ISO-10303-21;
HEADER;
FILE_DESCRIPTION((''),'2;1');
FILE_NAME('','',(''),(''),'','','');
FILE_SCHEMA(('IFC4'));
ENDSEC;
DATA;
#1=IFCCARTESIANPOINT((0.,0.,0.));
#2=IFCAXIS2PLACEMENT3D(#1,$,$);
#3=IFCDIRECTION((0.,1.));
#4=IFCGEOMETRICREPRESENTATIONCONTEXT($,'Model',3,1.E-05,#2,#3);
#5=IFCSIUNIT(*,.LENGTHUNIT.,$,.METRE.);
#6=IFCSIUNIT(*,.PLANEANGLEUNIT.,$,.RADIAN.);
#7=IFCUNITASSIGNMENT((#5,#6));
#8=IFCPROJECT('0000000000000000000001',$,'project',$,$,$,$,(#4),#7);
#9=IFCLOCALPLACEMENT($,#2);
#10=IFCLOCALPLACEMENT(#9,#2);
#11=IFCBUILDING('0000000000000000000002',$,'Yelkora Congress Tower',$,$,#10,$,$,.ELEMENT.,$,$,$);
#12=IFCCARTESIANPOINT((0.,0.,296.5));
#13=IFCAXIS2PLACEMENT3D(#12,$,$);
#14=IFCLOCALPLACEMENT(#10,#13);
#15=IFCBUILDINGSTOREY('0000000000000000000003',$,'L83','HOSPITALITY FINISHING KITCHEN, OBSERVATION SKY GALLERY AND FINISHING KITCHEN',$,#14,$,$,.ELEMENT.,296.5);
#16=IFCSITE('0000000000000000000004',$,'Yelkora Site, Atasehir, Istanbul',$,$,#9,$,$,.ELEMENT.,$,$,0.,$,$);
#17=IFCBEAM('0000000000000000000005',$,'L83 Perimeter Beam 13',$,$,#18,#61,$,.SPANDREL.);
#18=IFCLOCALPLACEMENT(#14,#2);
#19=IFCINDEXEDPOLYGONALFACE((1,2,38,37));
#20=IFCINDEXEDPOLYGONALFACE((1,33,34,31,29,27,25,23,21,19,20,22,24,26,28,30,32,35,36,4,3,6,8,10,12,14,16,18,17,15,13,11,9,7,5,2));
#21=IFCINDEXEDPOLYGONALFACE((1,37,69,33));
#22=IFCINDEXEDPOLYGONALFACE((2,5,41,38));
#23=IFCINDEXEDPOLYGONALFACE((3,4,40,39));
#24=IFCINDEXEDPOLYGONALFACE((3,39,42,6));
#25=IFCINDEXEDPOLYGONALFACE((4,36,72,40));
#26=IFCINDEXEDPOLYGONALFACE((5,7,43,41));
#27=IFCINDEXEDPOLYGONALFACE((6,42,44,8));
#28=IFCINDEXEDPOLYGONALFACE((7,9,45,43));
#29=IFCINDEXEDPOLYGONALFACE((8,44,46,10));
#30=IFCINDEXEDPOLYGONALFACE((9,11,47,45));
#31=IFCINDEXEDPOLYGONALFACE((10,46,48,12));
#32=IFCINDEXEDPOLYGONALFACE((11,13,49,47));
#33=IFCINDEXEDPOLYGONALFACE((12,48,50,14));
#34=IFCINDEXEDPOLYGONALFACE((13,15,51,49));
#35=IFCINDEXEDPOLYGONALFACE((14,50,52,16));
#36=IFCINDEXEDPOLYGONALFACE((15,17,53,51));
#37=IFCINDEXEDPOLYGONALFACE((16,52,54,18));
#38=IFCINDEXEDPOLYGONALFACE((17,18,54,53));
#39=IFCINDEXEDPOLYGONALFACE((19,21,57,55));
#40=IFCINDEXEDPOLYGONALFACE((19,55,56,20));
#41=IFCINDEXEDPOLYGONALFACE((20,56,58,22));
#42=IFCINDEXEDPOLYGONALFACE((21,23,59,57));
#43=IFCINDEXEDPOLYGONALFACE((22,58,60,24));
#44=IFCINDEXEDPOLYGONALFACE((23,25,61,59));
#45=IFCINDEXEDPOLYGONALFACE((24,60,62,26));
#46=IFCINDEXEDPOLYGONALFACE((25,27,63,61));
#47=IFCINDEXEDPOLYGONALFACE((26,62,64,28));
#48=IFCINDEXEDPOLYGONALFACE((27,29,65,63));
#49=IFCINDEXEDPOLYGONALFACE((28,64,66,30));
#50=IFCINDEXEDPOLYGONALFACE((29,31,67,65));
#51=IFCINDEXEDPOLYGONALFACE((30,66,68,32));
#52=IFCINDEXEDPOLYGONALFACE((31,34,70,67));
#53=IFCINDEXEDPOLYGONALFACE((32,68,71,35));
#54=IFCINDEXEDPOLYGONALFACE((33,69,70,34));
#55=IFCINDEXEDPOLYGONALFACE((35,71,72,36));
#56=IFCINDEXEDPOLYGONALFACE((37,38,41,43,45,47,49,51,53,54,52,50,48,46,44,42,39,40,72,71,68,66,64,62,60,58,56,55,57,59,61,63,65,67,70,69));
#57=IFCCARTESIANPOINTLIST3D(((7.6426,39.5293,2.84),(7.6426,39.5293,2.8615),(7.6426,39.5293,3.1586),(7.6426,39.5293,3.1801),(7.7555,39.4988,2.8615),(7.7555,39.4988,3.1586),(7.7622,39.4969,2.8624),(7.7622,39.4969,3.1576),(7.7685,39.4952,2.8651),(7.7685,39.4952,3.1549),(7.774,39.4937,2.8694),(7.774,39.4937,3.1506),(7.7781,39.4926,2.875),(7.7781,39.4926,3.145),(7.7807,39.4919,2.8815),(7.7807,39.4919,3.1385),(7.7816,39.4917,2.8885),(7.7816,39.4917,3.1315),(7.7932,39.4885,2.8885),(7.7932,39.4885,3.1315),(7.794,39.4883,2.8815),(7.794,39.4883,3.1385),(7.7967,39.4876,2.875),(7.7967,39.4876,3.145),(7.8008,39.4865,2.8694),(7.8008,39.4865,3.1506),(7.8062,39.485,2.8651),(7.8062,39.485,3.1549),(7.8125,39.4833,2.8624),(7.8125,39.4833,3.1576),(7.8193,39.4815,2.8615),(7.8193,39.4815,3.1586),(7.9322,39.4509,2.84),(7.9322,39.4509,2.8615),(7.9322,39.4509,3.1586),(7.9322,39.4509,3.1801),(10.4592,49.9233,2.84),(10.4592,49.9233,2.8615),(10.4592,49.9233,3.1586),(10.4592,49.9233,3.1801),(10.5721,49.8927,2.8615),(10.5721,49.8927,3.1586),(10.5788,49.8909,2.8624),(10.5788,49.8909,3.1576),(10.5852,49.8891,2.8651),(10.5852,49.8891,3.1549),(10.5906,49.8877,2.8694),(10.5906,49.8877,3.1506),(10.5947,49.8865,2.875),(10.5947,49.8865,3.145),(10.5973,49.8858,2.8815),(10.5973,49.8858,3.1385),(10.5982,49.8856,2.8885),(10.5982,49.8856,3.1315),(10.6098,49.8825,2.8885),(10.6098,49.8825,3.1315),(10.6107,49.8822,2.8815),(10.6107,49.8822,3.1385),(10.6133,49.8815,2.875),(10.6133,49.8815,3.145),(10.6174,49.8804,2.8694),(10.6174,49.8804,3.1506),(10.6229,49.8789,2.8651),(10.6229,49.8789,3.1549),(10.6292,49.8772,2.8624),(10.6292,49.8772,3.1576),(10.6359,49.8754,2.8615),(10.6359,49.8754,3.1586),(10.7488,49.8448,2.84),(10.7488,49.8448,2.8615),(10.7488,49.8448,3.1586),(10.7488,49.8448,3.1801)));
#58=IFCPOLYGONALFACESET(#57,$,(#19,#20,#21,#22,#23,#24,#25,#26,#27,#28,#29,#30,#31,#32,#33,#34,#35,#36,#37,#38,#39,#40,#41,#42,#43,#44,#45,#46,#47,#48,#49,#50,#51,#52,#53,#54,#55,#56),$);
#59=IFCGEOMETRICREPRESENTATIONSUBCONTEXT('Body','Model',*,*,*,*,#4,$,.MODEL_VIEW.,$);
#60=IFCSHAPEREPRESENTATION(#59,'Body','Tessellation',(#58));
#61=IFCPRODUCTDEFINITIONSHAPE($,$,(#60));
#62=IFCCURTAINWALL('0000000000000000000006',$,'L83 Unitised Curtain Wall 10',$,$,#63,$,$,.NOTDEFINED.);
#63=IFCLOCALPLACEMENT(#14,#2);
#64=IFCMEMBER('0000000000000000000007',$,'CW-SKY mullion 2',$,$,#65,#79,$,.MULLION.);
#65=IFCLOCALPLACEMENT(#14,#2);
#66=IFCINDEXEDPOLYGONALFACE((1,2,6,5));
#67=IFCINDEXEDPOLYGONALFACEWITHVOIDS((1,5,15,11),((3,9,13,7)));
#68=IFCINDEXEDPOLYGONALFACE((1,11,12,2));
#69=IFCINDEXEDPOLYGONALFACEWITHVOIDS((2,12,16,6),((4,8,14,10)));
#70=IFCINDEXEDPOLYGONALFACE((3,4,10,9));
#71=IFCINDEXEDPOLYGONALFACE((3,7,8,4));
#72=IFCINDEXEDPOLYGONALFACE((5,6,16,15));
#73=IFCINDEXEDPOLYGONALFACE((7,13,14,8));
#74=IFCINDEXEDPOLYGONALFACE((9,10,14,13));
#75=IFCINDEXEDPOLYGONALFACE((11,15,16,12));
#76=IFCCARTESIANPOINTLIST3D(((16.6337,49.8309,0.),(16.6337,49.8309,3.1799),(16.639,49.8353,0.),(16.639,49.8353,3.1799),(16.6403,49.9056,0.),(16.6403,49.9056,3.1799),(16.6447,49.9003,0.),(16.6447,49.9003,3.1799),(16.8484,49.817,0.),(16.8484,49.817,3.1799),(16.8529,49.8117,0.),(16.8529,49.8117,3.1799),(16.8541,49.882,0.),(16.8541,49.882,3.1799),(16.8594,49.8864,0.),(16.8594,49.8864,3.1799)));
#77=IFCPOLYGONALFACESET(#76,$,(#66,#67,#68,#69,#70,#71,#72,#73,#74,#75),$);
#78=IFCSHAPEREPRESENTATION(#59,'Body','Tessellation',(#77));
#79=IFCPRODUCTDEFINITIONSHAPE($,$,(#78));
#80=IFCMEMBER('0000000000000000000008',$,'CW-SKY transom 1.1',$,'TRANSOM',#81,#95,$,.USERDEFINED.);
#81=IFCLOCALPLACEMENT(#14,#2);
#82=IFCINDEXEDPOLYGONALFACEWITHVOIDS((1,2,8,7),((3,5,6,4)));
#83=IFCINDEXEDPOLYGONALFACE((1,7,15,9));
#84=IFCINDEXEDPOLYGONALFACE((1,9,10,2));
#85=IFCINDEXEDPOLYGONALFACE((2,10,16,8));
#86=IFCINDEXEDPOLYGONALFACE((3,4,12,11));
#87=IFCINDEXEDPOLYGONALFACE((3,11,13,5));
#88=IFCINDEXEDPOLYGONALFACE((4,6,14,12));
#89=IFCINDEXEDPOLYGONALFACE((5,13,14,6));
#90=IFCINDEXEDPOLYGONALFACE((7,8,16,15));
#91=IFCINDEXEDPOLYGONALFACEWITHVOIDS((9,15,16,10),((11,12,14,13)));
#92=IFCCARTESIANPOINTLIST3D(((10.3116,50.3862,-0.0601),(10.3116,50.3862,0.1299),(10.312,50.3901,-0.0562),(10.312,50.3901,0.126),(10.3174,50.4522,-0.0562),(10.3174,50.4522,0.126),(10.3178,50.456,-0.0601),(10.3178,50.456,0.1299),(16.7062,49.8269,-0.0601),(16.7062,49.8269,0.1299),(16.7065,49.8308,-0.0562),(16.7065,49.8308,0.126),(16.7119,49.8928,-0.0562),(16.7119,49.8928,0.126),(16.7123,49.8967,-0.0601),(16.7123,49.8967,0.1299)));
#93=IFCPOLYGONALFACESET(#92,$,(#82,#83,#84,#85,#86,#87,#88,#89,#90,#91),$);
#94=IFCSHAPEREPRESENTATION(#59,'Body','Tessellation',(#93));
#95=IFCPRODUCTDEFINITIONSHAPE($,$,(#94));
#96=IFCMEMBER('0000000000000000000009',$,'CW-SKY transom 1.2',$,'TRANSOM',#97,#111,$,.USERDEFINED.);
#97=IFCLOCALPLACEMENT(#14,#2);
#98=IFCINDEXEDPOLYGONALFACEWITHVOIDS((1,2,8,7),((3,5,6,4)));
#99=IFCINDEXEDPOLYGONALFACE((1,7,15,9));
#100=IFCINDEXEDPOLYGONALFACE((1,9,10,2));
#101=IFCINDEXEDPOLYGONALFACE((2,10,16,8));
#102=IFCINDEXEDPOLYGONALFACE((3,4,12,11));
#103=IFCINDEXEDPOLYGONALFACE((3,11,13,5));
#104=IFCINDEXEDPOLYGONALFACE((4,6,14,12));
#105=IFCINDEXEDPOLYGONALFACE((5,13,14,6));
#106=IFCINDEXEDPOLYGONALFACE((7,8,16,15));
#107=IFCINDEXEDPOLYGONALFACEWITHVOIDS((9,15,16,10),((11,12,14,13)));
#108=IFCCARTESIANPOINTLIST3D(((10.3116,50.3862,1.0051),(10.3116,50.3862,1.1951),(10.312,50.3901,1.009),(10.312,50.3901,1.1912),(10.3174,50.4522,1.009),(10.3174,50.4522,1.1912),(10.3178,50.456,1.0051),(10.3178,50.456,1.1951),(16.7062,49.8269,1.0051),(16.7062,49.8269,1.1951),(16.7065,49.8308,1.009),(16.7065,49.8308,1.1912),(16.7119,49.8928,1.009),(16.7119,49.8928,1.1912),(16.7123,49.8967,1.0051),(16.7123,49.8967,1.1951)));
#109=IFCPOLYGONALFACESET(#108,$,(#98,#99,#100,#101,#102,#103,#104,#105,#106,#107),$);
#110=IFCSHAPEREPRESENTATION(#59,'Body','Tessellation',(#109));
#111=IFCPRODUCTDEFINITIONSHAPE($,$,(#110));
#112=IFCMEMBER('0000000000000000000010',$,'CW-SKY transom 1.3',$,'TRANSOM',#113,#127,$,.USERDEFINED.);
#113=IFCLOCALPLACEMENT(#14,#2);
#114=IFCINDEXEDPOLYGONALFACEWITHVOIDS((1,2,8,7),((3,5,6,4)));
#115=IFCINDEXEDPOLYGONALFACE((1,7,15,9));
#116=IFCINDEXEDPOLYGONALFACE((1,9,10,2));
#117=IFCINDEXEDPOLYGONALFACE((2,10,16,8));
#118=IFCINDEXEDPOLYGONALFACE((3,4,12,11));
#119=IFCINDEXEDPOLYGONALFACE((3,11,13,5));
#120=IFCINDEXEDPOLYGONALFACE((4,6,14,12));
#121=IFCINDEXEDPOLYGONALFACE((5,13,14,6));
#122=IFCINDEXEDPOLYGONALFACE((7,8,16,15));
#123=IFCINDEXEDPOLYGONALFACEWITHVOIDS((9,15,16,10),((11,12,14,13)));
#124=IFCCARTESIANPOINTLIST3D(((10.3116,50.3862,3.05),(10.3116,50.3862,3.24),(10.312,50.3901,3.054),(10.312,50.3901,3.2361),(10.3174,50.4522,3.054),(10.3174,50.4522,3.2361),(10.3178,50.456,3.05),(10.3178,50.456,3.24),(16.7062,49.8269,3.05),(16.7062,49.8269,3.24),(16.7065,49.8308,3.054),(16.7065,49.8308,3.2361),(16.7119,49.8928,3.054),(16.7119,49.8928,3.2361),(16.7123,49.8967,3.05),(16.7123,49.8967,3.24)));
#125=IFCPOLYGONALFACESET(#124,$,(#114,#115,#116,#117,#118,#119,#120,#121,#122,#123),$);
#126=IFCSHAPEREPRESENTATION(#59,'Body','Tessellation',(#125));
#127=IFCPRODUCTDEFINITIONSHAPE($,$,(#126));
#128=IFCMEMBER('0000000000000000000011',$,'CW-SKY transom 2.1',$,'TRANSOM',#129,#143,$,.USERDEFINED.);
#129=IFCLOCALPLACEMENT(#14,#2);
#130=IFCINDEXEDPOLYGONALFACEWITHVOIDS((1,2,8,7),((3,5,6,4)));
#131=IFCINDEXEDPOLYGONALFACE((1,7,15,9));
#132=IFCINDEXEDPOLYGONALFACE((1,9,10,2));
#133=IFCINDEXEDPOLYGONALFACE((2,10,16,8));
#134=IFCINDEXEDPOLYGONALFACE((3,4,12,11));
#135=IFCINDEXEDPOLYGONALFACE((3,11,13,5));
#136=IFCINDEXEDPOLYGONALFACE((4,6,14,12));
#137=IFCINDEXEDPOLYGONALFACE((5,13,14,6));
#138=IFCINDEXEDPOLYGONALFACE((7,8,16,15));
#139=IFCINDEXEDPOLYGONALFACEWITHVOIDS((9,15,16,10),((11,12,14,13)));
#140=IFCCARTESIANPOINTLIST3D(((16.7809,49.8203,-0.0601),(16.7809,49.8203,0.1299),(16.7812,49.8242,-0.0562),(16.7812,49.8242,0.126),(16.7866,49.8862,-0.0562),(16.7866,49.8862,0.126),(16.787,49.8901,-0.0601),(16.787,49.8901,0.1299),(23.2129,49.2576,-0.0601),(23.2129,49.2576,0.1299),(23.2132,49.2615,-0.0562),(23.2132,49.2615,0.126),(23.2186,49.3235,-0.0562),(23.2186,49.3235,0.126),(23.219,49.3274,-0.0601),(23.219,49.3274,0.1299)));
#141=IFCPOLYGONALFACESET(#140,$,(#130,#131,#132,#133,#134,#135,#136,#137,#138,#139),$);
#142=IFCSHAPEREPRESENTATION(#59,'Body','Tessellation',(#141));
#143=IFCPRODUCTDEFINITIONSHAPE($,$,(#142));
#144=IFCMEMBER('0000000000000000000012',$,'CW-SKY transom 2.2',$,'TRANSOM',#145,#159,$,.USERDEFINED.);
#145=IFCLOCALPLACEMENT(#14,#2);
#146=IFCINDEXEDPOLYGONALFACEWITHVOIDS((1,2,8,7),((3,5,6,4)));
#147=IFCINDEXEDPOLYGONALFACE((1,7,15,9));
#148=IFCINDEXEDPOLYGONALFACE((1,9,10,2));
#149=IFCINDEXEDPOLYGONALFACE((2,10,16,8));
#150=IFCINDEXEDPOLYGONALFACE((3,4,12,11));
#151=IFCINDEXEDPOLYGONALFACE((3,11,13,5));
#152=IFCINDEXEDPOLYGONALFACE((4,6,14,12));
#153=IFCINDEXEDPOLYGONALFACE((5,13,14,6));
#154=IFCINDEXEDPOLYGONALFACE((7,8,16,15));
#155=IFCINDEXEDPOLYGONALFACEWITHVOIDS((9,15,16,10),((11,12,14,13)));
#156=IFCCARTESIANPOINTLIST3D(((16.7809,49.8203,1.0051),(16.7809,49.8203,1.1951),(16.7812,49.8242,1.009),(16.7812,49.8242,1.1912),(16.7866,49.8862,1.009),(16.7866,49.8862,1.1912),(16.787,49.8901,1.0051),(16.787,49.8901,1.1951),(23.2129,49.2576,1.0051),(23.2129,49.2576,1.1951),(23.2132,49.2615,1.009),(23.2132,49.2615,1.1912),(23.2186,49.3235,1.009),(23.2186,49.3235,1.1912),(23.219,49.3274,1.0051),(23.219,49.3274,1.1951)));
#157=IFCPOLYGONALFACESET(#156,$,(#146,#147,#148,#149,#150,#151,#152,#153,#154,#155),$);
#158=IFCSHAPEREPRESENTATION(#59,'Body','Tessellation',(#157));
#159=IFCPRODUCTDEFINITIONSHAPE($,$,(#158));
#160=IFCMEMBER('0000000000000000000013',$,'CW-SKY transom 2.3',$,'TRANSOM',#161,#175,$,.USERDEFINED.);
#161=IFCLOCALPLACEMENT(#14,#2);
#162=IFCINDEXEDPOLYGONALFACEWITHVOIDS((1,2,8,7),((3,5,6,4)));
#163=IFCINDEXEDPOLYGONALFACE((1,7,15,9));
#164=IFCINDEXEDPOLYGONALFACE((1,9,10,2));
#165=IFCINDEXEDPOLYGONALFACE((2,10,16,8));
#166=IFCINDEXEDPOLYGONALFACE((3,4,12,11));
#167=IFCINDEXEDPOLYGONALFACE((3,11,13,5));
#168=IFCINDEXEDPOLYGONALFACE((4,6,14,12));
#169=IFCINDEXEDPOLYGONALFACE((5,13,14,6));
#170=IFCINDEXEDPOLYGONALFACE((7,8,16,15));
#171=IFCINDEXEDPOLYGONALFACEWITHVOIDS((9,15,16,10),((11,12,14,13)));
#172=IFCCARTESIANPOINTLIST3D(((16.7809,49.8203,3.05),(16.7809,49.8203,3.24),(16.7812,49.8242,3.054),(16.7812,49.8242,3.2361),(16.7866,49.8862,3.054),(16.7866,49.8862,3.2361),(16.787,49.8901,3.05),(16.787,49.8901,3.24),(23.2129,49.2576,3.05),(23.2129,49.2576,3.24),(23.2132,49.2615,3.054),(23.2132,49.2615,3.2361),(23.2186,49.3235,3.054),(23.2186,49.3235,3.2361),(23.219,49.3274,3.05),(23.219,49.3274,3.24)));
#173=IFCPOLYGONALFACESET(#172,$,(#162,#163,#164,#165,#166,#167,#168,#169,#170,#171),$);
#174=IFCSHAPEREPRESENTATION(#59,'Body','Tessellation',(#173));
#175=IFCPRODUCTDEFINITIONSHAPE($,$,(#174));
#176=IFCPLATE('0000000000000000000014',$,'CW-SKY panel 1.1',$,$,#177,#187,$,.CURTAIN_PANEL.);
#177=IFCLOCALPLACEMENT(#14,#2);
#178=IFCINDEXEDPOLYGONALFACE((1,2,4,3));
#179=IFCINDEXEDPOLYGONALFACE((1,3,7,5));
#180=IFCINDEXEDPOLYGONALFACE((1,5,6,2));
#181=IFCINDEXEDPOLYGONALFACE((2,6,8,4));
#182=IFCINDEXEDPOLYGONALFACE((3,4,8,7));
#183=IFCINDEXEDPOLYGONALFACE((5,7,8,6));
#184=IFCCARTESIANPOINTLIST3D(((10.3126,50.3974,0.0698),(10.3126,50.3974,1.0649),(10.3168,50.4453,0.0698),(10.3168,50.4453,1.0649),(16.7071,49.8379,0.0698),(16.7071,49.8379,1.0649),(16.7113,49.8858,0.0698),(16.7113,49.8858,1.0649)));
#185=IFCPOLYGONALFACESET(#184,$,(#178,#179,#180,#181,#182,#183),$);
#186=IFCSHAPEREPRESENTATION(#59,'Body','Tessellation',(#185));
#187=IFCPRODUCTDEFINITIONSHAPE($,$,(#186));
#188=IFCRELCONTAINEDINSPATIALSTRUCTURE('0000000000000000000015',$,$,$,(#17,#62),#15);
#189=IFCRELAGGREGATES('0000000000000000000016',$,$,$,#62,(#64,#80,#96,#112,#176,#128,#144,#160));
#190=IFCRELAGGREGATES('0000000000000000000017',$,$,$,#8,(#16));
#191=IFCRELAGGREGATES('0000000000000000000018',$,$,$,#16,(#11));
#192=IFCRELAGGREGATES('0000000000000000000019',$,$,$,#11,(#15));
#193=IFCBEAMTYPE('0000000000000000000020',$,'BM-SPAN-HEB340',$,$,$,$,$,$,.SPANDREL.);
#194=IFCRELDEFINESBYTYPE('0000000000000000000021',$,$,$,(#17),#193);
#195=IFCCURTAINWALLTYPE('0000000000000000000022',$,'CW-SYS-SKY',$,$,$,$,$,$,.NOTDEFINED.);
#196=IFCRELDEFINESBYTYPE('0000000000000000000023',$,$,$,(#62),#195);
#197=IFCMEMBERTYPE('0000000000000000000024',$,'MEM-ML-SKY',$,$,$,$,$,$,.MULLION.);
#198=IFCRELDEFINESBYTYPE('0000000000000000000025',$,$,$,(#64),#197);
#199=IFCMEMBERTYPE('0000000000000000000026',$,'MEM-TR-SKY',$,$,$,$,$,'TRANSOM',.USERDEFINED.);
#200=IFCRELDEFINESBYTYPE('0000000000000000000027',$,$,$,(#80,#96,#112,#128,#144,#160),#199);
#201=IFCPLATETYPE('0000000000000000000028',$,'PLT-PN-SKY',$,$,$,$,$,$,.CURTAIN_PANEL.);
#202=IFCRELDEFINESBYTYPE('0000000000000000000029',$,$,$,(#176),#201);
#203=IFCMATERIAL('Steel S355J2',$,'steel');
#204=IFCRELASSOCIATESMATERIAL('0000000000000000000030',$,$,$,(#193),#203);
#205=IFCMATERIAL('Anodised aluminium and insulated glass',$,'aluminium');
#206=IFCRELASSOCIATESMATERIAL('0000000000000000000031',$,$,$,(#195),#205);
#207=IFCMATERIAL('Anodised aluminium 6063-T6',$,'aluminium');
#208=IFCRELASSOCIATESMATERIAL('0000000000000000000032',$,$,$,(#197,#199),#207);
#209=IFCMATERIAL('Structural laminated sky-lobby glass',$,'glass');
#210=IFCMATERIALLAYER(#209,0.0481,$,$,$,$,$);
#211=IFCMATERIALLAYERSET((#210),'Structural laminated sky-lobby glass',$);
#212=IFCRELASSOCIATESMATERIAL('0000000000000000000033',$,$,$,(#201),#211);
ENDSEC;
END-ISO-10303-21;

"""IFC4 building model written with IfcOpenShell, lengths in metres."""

from ifc_helpers import new_model, si_unit, direction, frame, origin, origin_2d, place, context, subcontext, project, spatial, rectangle, hollow_rectangle, i_section, extrude, material, layer, layer_set, material_profile, profile_set, type_object, element, aggregate, save


model = new_model("IFC4")

# Units and contexts
model_context = context("Model", 3, precision=1e-05, world=origin(), true_north=direction((0.0, 1.0)))
body_context = subcontext(model_context, "Body", "Model", "MODEL_VIEW")
ifc_project = project(units=[si_unit("LENGTHUNIT", "METRE"), si_unit("PLANEANGLEUNIT", "RADIAN")], contexts=[model_context])

# Site, building, storey
site_placement = place(None, origin())
site = spatial("IfcSite", under=ifc_project, at=site_placement, Name="Yelkora Site, Atasehir, Istanbul", CompositionType="ELEMENT", RefElevation=0.0)
building_placement = place(site_placement, origin())
building = spatial("IfcBuilding", under=site, at=building_placement, Name="Yelkora Congress Tower", CompositionType="ELEMENT")
storey_placement = place(building_placement, frame((0.0, 0.0, 296.5)))
storey = spatial("IfcBuildingStorey", under=building, at=storey_placement, Name="L83", Description="HOSPITALITY FINISHING KITCHEN, OBSERVATION SKY GALLERY AND FINISHING KITCHEN", CompositionType="ELEMENT", Elevation=296.5)

# Shared definitions
ifc_material_1 = material(Name="Steel S355J2", Category="steel")

# Beam
ifc_material_profile_1 = material_profile(ifc_material_1, i_section(OverallWidth=0.3, OverallDepth=0.3401, WebThickness=0.012, FlangeThickness=0.0215, FilletRadius=0.0271, at=origin_2d()), Name="HEB 340")
ifc_profile_set_1 = profile_set([ifc_material_profile_1], Name="Steel S355J2")
beam_type_1 = type_object("IfcBeamType", Name="BM-SPAN-HEB340", PredefinedType="SPANDREL", material=ifc_profile_set_1)
beam_1_placement = place(storey_placement, frame((10.604, 49.884, 3.01), z_axis=(-0.261554, -0.965189, 0.0), x_axis=(0.965189, -0.261554, 0.0)))
element("IfcBeam", 1, at=beam_1_placement, inside=storey, type_object=beam_type_1, Name="L83 Perimeter Beam 13", PredefinedType="SPANDREL", context=body_context, shape_type="SweptSolid", body=[
    extrude(i_section(OverallWidth=0.3, OverallDepth=0.3401, WebThickness=0.012, FlangeThickness=0.0215, FilletRadius=0.0271, at=origin_2d()), origin(), (0.0, 0.0, 1.0), 10.7688),
])

# Curtain wall, members, plate
ifc_material_2 = material(Name="Anodised aluminium and insulated glass", Category="aluminium")
curtain_wall_type = type_object("IfcCurtainWallType", Name="CW-SYS-SKY", PredefinedType="NOTDEFINED", material=ifc_material_2)
curtain_wall_placement = place(storey_placement, origin())
curtain_wall = element("IfcCurtainWall", 2, at=curtain_wall_placement, inside=storey, type_object=curtain_wall_type, Name="L83 Unitised Curtain Wall 10", PredefinedType="NOTDEFINED")
ifc_material_3 = material(Name="Anodised aluminium 6063-T6", Category="aluminium")
ifc_material_profile_2 = material_profile(ifc_material_3, hollow_rectangle(XDim=0.075, YDim=0.22, WallThickness=0.0049, at=origin_2d()), Name="ALU 75x220x5")
ifc_profile_set_2 = profile_set([ifc_material_profile_2], Name="Anodised aluminium 6063-T6")
member_type_1 = type_object("IfcMemberType", Name="MEM-ML-SKY", PredefinedType="MULLION", material=ifc_profile_set_2)
member_1_placement = place(storey_placement, frame((16.7466, 49.8586, 0.0), z_axis=(0.0, 0.0, 1.0), x_axis=(0.087157, 0.996195, 0.0)))
member_1 = element("IfcMember", 3, at=member_1_placement, type_object=member_type_1, Name="CW-SKY mullion 2", PredefinedType="MULLION", context=body_context, shape_type="SweptSolid", body=[
    extrude(hollow_rectangle(XDim=0.075, YDim=0.22, WallThickness=0.0049, at=origin_2d()), origin(), (0.0, 0.0, 1.0), 3.1799),
])
ifc_material_profile_3 = material_profile(ifc_material_3, hollow_rectangle(XDim=0.0701, YDim=0.1899, WallThickness=0.0039, at=origin_2d()), Name="ALU 70x190x4")
ifc_profile_set_3 = profile_set([ifc_material_profile_3], Name="Anodised aluminium 6063-T6")
member_type_2 = type_object("IfcMemberType", Name="MEM-TR-SKY", ElementType="TRANSOM", PredefinedType="USERDEFINED", material=ifc_profile_set_3)
member_2_placement = place(storey_placement, frame((10.3147, 50.4211, 0.0349), z_axis=(0.996196, -0.087137, 0.0), x_axis=(0.087137, 0.996196, 0.0)))
member_2 = element("IfcMember", 4, at=member_2_placement, type_object=member_type_2, Name="CW-SKY transom 1.1", ObjectType="TRANSOM", PredefinedType="USERDEFINED", context=body_context, shape_type="SweptSolid", body=[
    extrude(hollow_rectangle(XDim=0.0701, YDim=0.1899, WallThickness=0.0039, at=origin_2d()), origin(), (0.0, 0.0, 1.0), 6.4189),
])
member_3_placement = place(storey_placement, frame((10.3147, 50.4211, 1.1001), z_axis=(0.996196, -0.087137, 0.0), x_axis=(0.087137, 0.996196, 0.0)))
member_3 = element("IfcMember", 5, at=member_3_placement, type_object=member_type_2, Name="CW-SKY transom 1.2", ObjectType="TRANSOM", PredefinedType="USERDEFINED", context=body_context, shape_type="SweptSolid", body=[
    extrude(hollow_rectangle(XDim=0.0701, YDim=0.1899, WallThickness=0.0039, at=origin_2d()), origin(), (0.0, 0.0, 1.0), 6.4189),
])
member_4_placement = place(storey_placement, frame((10.3147, 50.4211, 3.145), z_axis=(0.996196, -0.087137, 0.0), x_axis=(0.087137, 0.996196, 0.0)))
member_4 = element("IfcMember", 6, at=member_4_placement, type_object=member_type_2, Name="CW-SKY transom 1.3", ObjectType="TRANSOM", PredefinedType="USERDEFINED", context=body_context, shape_type="SweptSolid", body=[
    extrude(hollow_rectangle(XDim=0.0701, YDim=0.1899, WallThickness=0.0039, at=origin_2d()), origin(), (0.0, 0.0, 1.0), 6.4189),
])
member_5_placement = place(storey_placement, frame((16.7839, 49.8552, 0.0349), z_axis=(0.996194, -0.08716, 0.0), x_axis=(0.08716, 0.996194, 0.0)))
member_5 = element("IfcMember", 7, at=member_5_placement, type_object=member_type_2, Name="CW-SKY transom 2.1", ObjectType="TRANSOM", PredefinedType="USERDEFINED", context=body_context, shape_type="SweptSolid", body=[
    extrude(hollow_rectangle(XDim=0.0701, YDim=0.1899, WallThickness=0.0039, at=origin_2d()), origin(), (0.0, 0.0, 1.0), 6.4565),
])
member_6_placement = place(storey_placement, frame((16.7839, 49.8552, 1.1001), z_axis=(0.996194, -0.08716, 0.0), x_axis=(0.08716, 0.996194, 0.0)))
member_6 = element("IfcMember", 8, at=member_6_placement, type_object=member_type_2, Name="CW-SKY transom 2.2", ObjectType="TRANSOM", PredefinedType="USERDEFINED", context=body_context, shape_type="SweptSolid", body=[
    extrude(hollow_rectangle(XDim=0.0701, YDim=0.1899, WallThickness=0.0039, at=origin_2d()), origin(), (0.0, 0.0, 1.0), 6.4565),
])
member_7_placement = place(storey_placement, frame((16.7839, 49.8552, 3.145), z_axis=(0.996194, -0.08716, 0.0), x_axis=(0.08716, 0.996194, 0.0)))
member_7 = element("IfcMember", 9, at=member_7_placement, type_object=member_type_2, Name="CW-SKY transom 2.3", ObjectType="TRANSOM", PredefinedType="USERDEFINED", context=body_context, shape_type="SweptSolid", body=[
    extrude(hollow_rectangle(XDim=0.0701, YDim=0.1899, WallThickness=0.0039, at=origin_2d()), origin(), (0.0, 0.0, 1.0), 6.4565),
])
ifc_material_4 = material(Name="Structural laminated sky-lobby glass", Category="glass")
ifc_layer_1 = layer(ifc_material_4, 0.0481)
ifc_layer_set_1 = layer_set([ifc_layer_1], Name="Structural laminated sky-lobby glass")
plate_type = type_object("IfcPlateType", Name="PLT-PN-SKY", PredefinedType="CURTAIN_PANEL", material=ifc_layer_set_1)
plate_1_placement = place(storey_placement, frame((13.512, 50.1416, 0.0698), z_axis=(0.0, 0.0, 1.0), x_axis=(0.996195, -0.087157, 0.0)))
plate_1 = element("IfcPlate", 10, at=plate_1_placement, type_object=plate_type, Name="CW-SKY panel 1.1", PredefinedType="CURTAIN_PANEL", context=body_context, shape_type="SweptSolid", body=[
    extrude(rectangle(XDim=6.4189, YDim=0.0481, at=origin_2d()), origin(), (0.0, 0.0, 1.0), 0.9951),
])
aggregate(curtain_wall, [member_1, member_2, member_3, member_4, plate_1, member_5, member_6, member_7])

save(model, "model.ifc")
